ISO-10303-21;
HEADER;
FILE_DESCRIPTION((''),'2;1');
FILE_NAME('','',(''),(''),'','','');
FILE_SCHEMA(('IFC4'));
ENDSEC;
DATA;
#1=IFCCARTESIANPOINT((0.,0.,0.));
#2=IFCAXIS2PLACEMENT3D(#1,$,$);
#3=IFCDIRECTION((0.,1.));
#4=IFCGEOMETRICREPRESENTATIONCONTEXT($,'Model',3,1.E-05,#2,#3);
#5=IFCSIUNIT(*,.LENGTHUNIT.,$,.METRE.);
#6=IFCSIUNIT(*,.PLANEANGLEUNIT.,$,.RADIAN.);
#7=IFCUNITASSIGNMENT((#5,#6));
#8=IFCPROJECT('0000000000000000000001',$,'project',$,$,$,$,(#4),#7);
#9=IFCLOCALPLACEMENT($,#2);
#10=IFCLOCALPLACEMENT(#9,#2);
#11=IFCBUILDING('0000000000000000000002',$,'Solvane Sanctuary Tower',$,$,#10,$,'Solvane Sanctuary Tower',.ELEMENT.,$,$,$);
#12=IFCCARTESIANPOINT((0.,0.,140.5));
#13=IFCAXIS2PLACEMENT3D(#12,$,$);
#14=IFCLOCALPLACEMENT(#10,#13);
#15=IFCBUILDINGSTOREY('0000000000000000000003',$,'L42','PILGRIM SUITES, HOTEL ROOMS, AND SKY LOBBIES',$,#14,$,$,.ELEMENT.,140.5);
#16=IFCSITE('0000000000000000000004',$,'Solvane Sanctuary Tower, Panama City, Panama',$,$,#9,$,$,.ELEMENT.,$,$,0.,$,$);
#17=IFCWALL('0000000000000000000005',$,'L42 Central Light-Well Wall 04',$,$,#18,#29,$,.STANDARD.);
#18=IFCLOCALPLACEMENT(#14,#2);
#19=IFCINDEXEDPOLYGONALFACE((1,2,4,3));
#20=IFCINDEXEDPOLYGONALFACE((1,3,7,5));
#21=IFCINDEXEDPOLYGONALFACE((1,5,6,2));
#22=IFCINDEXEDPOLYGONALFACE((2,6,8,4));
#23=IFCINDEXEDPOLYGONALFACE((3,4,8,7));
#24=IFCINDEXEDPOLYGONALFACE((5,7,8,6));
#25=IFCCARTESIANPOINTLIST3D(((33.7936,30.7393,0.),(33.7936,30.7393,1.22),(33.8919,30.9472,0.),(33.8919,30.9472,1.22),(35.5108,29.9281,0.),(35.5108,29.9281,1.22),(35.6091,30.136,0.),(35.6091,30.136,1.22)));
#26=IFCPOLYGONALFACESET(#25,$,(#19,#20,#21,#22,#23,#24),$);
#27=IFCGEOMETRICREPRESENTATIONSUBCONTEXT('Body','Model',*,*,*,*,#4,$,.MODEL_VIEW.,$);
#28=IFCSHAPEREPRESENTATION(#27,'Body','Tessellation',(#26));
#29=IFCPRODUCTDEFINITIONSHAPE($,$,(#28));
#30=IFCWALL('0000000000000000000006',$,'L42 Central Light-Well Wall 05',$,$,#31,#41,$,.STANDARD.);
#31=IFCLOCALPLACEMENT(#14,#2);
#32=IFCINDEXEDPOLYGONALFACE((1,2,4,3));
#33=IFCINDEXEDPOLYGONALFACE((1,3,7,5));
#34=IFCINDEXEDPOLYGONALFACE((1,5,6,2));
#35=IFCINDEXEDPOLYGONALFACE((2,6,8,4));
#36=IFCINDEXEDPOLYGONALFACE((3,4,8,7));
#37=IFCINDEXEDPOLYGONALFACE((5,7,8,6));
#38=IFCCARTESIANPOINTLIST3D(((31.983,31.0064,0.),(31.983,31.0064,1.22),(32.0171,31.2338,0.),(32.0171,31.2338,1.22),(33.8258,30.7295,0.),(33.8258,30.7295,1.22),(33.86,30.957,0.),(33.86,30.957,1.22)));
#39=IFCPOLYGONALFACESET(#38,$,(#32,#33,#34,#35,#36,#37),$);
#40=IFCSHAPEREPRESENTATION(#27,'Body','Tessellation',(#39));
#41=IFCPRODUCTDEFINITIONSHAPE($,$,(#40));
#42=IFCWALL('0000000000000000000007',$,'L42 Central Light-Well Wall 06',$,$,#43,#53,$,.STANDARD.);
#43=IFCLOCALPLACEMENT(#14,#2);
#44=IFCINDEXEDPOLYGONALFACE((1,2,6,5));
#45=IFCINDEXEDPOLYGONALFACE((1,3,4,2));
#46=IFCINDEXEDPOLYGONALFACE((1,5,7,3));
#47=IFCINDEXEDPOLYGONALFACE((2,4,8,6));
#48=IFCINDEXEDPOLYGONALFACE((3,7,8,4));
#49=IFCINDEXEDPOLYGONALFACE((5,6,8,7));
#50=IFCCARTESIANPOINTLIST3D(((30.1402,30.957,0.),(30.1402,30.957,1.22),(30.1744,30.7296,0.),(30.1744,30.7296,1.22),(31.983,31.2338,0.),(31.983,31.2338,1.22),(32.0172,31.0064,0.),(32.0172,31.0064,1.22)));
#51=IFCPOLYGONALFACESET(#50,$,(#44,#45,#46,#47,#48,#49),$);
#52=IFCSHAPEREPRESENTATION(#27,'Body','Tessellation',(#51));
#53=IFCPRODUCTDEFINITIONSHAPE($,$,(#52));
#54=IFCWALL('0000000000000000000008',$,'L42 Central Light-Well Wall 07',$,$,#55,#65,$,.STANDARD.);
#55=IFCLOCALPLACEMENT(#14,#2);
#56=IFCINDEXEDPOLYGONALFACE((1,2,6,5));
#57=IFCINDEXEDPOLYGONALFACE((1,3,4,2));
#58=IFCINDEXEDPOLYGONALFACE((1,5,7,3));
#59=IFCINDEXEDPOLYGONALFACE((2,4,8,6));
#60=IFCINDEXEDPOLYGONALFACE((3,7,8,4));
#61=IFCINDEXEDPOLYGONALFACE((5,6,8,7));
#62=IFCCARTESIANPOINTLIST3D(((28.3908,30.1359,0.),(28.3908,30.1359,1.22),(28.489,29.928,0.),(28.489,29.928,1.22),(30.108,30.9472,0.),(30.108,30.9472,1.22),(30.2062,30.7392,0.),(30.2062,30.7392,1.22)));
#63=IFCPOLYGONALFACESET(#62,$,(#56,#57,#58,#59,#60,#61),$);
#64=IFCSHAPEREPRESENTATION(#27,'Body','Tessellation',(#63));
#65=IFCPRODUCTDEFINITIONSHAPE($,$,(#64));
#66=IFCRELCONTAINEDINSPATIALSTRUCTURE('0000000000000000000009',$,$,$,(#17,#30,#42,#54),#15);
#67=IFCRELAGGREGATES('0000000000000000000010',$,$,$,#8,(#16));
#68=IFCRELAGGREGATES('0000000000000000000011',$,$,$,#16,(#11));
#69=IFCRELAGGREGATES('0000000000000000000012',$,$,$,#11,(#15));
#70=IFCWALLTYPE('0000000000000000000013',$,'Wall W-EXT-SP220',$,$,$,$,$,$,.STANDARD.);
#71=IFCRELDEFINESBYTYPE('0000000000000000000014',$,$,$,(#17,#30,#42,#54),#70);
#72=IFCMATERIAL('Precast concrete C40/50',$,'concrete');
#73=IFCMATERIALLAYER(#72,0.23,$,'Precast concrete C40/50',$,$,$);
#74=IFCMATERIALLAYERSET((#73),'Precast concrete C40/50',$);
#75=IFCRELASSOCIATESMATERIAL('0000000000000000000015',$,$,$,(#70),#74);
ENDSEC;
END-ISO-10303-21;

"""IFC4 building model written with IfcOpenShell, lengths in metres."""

from ifc_helpers import new_model, si_unit, direction, frame, frame_2d, origin, place, context, subcontext, project, spatial, rectangle, extrude, material, layer, layer_set, type_object, element, save


model = new_model("IFC4")

# Units and contexts
model_context = context("Model", 3, precision=1e-05, world=origin(), true_north=direction((0.0, 1.0)))
body_context = subcontext(model_context, "Body", "Model", "MODEL_VIEW")
ifc_project = project(units=[si_unit("LENGTHUNIT", "METRE"), si_unit("PLANEANGLEUNIT", "RADIAN")], contexts=[model_context])

# Site, building, storey
site_placement = place(None, origin())
site = spatial("IfcSite", under=ifc_project, at=site_placement, Name="Solvane Sanctuary Tower, Panama City, Panama", CompositionType="ELEMENT", RefElevation=0.0)
building_placement = place(site_placement, origin())
building = spatial("IfcBuilding", under=site, at=building_placement, Name="Solvane Sanctuary Tower", LongName="Solvane Sanctuary Tower", CompositionType="ELEMENT")
storey_placement = place(building_placement, frame((0.0, 0.0, 140.5)))
storey = spatial("IfcBuildingStorey", under=building, at=storey_placement, Name="L42", Description="PILGRIM SUITES, HOTEL ROOMS, AND SKY LOBBIES", CompositionType="ELEMENT", Elevation=140.5)

# Walls
ifc_material_1 = material(Name="Precast concrete C40/50", Category="concrete")
ifc_layer = layer(ifc_material_1, 0.23, Name="Precast concrete C40/50")
ifc_layer_set = layer_set([ifc_layer], Name="Precast concrete C40/50")
wall_type = type_object("IfcWallType", Name="Wall W-EXT-SP220", PredefinedType="STANDARD", material=ifc_layer_set)
wall_1_placement = place(storey_placement, frame((35.5601, 30.032, 0.0), z_axis=(0.0, 0.0, 1.0), x_axis=(-0.90418, 0.427152, 0.0)))
element("IfcWall", 1, at=wall_1_placement, inside=storey, type_object=wall_type, Name="L42 Central Light-Well Wall 04", PredefinedType="STANDARD", context=body_context, shape_type="SweptSolid", body=[
    extrude(rectangle(XDim=1.8992, YDim=0.23, at=frame_2d((0.9497, 0.0))), origin(), (0.0, 0.0, 1.0), 1.22),
])
for number, where, z_axis, x_axis, name in (
    (2, (33.8428, 30.8433, 0.0), (0.0, 0.0, 1.0), (-0.988902, 0.148571, 0.0), "L42 Central Light-Well Wall 05"),
    (3, (32.0, 31.1201, 0.0), (0.0, 0.0, 1.0), (-0.988902, -0.148571, 0.0), "L42 Central Light-Well Wall 06"),
):
    element("IfcWall", number, at=place(storey_placement, frame(where, z_axis=z_axis, x_axis=x_axis)), inside=storey, type_object=wall_type, Name=name, PredefinedType="STANDARD", context=body_context, shape_type="SweptSolid", body=[
        extrude(rectangle(XDim=1.8635, YDim=0.23, at=frame_2d((0.9316, 0.0))), origin(), (0.0, 0.0, 1.0), 1.22),
    ])
wall_2_placement = place(storey_placement, frame((30.1572, 30.8433, 0.0), z_axis=(0.0, 0.0, 1.0), x_axis=(-0.90418, -0.427152, 0.0)))
element("IfcWall", 4, at=wall_2_placement, inside=storey, type_object=wall_type, Name="L42 Central Light-Well Wall 07", PredefinedType="STANDARD", context=body_context, shape_type="SweptSolid", body=[
    extrude(rectangle(XDim=1.8992, YDim=0.23, at=frame_2d((0.9497, 0.0))), origin(), (0.0, 0.0, 1.0), 1.22),
])

save(model, "model.ifc")
